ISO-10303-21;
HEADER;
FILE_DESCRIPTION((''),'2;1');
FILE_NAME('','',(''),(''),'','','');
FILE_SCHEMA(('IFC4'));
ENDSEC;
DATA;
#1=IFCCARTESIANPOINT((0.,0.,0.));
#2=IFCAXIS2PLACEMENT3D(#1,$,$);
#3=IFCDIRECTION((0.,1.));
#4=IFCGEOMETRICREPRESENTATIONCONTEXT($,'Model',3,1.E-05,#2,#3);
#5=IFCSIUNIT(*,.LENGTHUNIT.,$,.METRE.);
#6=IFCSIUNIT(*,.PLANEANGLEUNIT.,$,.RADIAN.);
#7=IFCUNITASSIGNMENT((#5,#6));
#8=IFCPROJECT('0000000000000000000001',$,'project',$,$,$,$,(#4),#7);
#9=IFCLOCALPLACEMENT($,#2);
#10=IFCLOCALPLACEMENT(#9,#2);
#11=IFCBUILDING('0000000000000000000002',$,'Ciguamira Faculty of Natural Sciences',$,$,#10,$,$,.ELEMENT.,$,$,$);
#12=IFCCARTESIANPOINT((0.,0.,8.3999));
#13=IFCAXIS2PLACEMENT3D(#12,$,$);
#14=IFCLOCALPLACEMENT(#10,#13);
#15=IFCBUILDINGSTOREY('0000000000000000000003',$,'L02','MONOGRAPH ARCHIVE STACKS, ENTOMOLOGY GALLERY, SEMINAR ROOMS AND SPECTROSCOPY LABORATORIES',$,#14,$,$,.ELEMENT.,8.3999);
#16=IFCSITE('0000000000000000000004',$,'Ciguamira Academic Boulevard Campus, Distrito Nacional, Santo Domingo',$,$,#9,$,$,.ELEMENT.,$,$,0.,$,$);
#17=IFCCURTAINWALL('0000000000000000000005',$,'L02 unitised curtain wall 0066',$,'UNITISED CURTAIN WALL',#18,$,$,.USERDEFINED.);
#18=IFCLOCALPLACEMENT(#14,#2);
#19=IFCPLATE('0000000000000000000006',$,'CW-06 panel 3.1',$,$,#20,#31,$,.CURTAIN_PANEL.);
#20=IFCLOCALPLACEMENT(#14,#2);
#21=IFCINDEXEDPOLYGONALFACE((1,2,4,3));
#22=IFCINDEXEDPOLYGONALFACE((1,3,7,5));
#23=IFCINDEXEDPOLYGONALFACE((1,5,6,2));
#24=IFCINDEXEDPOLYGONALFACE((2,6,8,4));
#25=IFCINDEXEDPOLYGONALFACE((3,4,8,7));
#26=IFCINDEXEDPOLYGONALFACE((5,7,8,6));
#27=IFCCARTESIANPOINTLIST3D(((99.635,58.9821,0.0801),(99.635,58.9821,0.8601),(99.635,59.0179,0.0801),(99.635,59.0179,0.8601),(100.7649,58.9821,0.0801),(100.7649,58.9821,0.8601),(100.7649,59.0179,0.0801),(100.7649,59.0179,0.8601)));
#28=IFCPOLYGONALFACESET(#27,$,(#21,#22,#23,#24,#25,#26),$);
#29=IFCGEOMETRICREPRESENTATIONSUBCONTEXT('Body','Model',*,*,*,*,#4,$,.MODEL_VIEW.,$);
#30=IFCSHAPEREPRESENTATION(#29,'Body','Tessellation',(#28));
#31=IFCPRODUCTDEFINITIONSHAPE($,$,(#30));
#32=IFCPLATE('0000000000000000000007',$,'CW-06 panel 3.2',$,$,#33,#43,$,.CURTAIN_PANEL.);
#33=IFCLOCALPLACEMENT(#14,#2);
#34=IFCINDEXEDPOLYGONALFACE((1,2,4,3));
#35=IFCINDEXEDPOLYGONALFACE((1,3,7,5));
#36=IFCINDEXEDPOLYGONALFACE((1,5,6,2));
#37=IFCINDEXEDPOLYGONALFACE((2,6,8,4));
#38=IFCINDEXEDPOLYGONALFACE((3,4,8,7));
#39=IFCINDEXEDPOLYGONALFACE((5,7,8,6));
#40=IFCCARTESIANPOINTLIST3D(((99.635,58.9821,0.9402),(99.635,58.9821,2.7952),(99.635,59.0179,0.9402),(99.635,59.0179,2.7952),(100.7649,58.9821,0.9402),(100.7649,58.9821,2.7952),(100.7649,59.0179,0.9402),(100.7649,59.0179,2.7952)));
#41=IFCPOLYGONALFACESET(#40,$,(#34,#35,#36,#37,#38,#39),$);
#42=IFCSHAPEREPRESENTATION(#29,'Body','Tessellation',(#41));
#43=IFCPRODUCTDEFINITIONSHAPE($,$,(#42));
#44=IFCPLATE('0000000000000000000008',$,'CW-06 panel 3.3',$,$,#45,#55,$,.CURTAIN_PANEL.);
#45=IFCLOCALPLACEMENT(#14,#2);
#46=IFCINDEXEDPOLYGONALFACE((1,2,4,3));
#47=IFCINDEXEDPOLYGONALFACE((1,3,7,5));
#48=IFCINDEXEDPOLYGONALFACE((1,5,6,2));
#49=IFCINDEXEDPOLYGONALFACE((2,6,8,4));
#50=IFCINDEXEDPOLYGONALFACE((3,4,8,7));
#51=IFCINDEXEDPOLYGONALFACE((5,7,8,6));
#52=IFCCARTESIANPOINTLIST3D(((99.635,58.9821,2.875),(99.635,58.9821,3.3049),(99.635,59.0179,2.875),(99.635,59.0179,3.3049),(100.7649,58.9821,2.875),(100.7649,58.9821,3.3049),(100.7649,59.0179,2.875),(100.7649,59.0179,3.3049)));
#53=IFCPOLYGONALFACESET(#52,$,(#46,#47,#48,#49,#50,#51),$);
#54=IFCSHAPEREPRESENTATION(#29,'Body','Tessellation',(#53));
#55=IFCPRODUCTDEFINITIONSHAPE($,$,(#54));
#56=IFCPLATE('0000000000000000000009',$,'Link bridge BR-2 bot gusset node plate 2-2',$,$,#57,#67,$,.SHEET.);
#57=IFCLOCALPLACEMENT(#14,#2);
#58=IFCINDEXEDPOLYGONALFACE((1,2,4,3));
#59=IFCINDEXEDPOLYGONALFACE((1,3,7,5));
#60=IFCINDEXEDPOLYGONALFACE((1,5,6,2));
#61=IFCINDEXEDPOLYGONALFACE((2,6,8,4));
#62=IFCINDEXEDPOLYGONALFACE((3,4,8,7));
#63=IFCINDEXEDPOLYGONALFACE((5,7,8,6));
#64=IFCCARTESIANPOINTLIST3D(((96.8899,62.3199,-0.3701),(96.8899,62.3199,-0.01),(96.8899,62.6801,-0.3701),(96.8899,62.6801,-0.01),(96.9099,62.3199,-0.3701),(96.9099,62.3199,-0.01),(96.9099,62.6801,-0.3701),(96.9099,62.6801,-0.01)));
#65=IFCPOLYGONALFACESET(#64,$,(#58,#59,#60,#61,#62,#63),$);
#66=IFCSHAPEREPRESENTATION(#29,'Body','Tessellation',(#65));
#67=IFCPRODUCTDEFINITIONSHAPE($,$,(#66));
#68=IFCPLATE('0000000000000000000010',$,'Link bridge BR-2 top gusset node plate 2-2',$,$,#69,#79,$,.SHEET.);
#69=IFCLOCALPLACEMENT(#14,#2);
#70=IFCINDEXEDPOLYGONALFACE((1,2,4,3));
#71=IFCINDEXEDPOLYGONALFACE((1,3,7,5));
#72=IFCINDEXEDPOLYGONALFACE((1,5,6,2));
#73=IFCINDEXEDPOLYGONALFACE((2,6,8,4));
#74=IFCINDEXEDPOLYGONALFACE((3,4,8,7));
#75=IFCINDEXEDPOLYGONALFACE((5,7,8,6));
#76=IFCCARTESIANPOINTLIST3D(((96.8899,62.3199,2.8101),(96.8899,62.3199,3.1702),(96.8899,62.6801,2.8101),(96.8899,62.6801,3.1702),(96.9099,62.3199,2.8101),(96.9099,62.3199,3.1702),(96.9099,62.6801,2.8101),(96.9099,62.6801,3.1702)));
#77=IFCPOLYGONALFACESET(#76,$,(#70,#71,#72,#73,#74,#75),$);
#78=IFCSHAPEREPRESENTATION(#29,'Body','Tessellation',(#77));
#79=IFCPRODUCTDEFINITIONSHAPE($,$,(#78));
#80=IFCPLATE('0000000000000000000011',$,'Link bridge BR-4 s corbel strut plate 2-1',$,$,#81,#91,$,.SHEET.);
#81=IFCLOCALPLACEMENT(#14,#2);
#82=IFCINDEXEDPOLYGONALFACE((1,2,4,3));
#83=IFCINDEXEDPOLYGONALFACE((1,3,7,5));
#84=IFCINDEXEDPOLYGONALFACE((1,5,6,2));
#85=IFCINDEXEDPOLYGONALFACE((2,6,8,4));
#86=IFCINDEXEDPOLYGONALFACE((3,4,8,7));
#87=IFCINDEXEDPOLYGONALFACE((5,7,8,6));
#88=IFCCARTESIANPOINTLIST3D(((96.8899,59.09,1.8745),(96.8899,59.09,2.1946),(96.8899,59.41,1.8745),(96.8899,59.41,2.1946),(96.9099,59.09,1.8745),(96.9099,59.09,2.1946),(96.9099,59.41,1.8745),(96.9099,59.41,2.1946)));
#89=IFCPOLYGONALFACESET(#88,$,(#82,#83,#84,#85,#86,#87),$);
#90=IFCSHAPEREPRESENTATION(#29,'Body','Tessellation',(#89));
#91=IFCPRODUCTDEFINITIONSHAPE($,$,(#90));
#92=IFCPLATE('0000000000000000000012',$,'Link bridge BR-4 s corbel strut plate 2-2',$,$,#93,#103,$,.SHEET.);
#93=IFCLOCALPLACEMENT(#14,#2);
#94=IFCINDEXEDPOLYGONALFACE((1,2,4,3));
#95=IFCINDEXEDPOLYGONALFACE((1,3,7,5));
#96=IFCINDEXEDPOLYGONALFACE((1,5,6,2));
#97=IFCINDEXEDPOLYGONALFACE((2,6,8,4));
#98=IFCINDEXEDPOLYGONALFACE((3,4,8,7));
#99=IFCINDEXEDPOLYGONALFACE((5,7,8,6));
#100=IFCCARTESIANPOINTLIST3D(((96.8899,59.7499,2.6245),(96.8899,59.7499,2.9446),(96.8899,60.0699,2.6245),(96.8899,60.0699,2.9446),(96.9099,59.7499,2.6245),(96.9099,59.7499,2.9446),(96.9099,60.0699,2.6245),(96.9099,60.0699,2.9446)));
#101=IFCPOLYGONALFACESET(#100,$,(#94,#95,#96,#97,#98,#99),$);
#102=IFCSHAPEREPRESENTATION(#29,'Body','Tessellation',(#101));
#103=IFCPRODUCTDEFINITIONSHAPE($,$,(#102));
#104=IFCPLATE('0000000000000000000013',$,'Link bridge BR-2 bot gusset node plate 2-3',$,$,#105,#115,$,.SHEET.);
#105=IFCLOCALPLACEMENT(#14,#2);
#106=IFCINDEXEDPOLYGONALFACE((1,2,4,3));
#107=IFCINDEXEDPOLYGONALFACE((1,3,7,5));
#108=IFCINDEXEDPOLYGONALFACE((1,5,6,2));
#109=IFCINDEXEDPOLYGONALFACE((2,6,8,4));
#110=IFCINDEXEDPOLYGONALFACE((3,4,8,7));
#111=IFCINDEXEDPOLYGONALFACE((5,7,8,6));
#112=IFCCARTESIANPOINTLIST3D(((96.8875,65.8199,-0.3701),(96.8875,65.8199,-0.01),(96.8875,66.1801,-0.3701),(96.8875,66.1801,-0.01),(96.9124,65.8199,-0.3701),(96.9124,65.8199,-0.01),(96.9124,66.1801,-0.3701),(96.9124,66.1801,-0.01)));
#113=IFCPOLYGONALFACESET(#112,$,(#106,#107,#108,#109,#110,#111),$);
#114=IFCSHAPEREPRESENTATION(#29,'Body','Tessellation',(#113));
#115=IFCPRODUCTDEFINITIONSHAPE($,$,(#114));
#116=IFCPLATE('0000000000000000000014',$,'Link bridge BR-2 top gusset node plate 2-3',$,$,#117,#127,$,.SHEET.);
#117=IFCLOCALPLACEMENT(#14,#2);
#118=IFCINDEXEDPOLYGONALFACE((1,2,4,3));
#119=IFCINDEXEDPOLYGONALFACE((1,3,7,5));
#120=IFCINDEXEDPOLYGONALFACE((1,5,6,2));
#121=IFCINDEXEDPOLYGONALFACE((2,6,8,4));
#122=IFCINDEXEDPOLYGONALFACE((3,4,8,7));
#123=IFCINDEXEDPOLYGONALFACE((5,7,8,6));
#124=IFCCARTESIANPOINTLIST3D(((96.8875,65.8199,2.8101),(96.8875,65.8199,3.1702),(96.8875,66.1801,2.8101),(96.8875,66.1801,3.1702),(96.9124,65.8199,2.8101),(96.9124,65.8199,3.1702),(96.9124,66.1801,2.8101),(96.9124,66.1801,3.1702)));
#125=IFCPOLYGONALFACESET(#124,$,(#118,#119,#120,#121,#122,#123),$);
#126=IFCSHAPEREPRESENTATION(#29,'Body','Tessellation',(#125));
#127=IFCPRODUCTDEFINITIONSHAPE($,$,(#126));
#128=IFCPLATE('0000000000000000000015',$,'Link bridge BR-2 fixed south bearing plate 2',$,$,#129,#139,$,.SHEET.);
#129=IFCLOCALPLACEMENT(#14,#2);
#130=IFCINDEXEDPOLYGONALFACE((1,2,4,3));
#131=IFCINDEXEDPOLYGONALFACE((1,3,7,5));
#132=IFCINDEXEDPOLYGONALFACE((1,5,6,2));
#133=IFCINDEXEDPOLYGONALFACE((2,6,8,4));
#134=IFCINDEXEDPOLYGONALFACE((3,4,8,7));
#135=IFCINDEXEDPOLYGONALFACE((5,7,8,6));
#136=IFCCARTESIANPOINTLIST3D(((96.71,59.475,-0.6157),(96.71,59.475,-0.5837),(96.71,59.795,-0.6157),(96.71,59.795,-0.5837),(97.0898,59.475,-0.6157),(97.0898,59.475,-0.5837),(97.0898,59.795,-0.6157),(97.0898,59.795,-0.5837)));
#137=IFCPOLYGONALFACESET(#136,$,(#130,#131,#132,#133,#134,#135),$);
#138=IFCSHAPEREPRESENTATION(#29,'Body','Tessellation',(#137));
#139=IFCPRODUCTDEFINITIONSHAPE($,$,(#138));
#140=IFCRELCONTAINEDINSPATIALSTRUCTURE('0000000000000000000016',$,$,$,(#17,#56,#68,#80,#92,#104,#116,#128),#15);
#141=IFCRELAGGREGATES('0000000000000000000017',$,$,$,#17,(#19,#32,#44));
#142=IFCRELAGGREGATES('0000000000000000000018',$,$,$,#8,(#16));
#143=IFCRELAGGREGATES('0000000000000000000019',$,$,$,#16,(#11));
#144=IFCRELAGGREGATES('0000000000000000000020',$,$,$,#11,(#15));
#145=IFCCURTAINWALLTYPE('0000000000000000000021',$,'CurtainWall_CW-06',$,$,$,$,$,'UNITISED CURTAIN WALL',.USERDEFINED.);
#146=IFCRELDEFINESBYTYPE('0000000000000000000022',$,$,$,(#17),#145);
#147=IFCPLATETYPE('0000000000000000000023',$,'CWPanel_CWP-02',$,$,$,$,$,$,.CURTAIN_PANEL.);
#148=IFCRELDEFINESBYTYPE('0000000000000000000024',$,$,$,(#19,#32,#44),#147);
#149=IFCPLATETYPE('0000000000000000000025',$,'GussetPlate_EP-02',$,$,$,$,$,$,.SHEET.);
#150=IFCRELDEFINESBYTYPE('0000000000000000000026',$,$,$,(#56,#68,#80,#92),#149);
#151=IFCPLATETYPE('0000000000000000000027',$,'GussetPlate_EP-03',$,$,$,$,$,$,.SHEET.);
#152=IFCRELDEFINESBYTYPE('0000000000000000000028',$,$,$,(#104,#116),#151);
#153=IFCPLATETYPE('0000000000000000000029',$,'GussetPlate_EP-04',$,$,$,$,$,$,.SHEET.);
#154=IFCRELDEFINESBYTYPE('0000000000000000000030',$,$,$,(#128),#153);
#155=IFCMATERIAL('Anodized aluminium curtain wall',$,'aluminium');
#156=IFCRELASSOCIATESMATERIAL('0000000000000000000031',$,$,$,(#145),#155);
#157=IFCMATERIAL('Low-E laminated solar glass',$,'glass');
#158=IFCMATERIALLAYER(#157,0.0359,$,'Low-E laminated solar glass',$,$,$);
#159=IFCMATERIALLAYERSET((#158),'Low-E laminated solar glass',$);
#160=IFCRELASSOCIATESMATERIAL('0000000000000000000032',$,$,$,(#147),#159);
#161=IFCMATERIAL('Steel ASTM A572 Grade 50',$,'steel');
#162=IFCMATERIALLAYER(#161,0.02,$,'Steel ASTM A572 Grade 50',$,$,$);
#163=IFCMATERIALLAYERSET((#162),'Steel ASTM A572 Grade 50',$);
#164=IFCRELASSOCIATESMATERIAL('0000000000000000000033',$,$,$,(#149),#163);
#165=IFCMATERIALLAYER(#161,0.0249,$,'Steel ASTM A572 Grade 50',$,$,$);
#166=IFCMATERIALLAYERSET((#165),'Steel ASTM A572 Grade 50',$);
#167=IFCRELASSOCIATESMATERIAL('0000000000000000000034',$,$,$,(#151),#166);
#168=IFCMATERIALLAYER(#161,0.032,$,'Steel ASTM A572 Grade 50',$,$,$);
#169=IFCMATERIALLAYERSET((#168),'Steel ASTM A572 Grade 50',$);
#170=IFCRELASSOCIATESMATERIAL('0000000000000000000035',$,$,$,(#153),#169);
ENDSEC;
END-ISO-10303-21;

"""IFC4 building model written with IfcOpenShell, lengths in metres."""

from ifc_helpers import new_model, si_unit, direction, frame, origin, origin_2d, place, context, subcontext, project, spatial, rectangle, extrude, material, layer, layer_set, type_object, element, aggregate, save


model = new_model("IFC4")

# Units and contexts
model_context = context("Model", 3, precision=1e-05, world=origin(), true_north=direction((0.0, 1.0)))
body_context = subcontext(model_context, "Body", "Model", "MODEL_VIEW")
ifc_project = project(units=[si_unit("LENGTHUNIT", "METRE"), si_unit("PLANEANGLEUNIT", "RADIAN")], contexts=[model_context])

# Site, building, storey
site_placement = place(None, origin())
site = spatial("IfcSite", under=ifc_project, at=site_placement, Name="Ciguamira Academic Boulevard Campus, Distrito Nacional, Santo Domingo", CompositionType="ELEMENT", RefElevation=0.0)
building_placement = place(site_placement, origin())
building = spatial("IfcBuilding", under=site, at=building_placement, Name="Ciguamira Faculty of Natural Sciences", CompositionType="ELEMENT")
storey_placement = place(building_placement, frame((0.0, 0.0, 8.3999)))
storey = spatial("IfcBuildingStorey", under=building, at=storey_placement, Name="L02", Description="MONOGRAPH ARCHIVE STACKS, ENTOMOLOGY GALLERY, SEMINAR ROOMS AND SPECTROSCOPY LABORATORIES", CompositionType="ELEMENT", Elevation=8.3999)

# Curtain wall
ifc_material_1 = material(Name="Anodized aluminium curtain wall", Category="aluminium")
curtain_wall_type_1 = type_object("IfcCurtainWallType", Name="CurtainWall_CW-06", ElementType="UNITISED CURTAIN WALL", PredefinedType="USERDEFINED", material=ifc_material_1)
curtain_wall_1_placement = place(storey_placement, origin())
curtain_wall_1 = element("IfcCurtainWall", 1, at=curtain_wall_1_placement, inside=storey, type_object=curtain_wall_type_1, Name="L02 unitised curtain wall 0066", ObjectType="UNITISED CURTAIN WALL", PredefinedType="USERDEFINED")

# Plates
ifc_material_2 = material(Name="Low-E laminated solar glass", Category="glass")
ifc_layer_1 = layer(ifc_material_2, 0.0359, Name="Low-E laminated solar glass")
ifc_layer_set_1 = layer_set([ifc_layer_1], Name="Low-E laminated solar glass")
plate_type_1 = type_object("IfcPlateType", Name="CWPanel_CWP-02", PredefinedType="CURTAIN_PANEL", material=ifc_layer_set_1)
plate_1_placement = place(storey_placement, frame((100.2, 59.0, 0.0801), z_axis=(0.0, 0.0, 1.0), x_axis=(1.0, 0.0, 0.0)))
plate_1 = element("IfcPlate", 2, at=plate_1_placement, type_object=plate_type_1, Name="CW-06 panel 3.1", PredefinedType="CURTAIN_PANEL", context=body_context, shape_type="SweptSolid", body=[
    extrude(rectangle(XDim=1.1299, YDim=0.0359, at=origin_2d()), origin(), (0.0, 0.0, 1.0), 0.78),
])
plate_2_placement = place(storey_placement, frame((100.2, 59.0, 0.9402), z_axis=(0.0, 0.0, 1.0), x_axis=(1.0, 0.0, 0.0)))
plate_2 = element("IfcPlate", 3, at=plate_2_placement, type_object=plate_type_1, Name="CW-06 panel 3.2", PredefinedType="CURTAIN_PANEL", context=body_context, shape_type="SweptSolid", body=[
    extrude(rectangle(XDim=1.1299, YDim=0.0359, at=origin_2d()), origin(), (0.0, 0.0, 1.0), 1.855),
])
plate_3_placement = place(storey_placement, frame((100.2, 59.0, 2.875), z_axis=(0.0, 0.0, 1.0), x_axis=(1.0, 0.0, 0.0)))
plate_3 = element("IfcPlate", 4, at=plate_3_placement, type_object=plate_type_1, Name="CW-06 panel 3.3", PredefinedType="CURTAIN_PANEL", context=body_context, shape_type="SweptSolid", body=[
    extrude(rectangle(XDim=1.1299, YDim=0.0359, at=origin_2d()), origin(), (0.0, 0.0, 1.0), 0.4299),
])
aggregate(curtain_wall_1, [plate_1, plate_2, plate_3])

# Plates
ifc_material_3 = material(Name="Steel ASTM A572 Grade 50", Category="steel")
ifc_layer_2 = layer(ifc_material_3, 0.02, Name="Steel ASTM A572 Grade 50")
ifc_layer_set_2 = layer_set([ifc_layer_2], Name="Steel ASTM A572 Grade 50")
plate_type_2 = type_object("IfcPlateType", Name="GussetPlate_EP-02", PredefinedType="SHEET", material=ifc_layer_set_2)
for number, where, z_axis, x_axis, name in (
    (5, (96.8999, 62.5, -0.3701), (0.0, 0.0, 1.0), (1.0, 0.0, 0.0), "Link bridge BR-2 bot gusset node plate 2-2"),
    (6, (96.8999, 62.5, 2.8101), (0.0, 0.0, 1.0), (1.0, 0.0, 0.0), "Link bridge BR-2 top gusset node plate 2-2"),
):
    element("IfcPlate", number, at=place(storey_placement, frame(where, z_axis=z_axis, x_axis=x_axis)), inside=storey, type_object=plate_type_2, Name=name, PredefinedType="SHEET", context=body_context, shape_type="SweptSolid", body=[
        extrude(rectangle(XDim=0.02, YDim=0.3601, at=origin_2d()), origin(), (0.0, 0.0, 1.0), 0.3601),
    ])
for number, where, z_axis, x_axis, name in (
    (7, (96.8999, 59.25, 1.8745), (0.0, 0.0, 1.0), (1.0, 0.0, 0.0), "Link bridge BR-4 s corbel strut plate 2-1"),
    (8, (96.8999, 59.9099, 2.6245), (0.0, 0.0, 1.0), (1.0, 0.0, 0.0), "Link bridge BR-4 s corbel strut plate 2-2"),
):
    element("IfcPlate", number, at=place(storey_placement, frame(where, z_axis=z_axis, x_axis=x_axis)), inside=storey, type_object=plate_type_2, Name=name, PredefinedType="SHEET", context=body_context, shape_type="SweptSolid", body=[
        extrude(rectangle(XDim=0.02, YDim=0.3201, at=origin_2d()), origin(), (0.0, 0.0, 1.0), 0.3201),
    ])
ifc_layer_3 = layer(ifc_material_3, 0.0249, Name="Steel ASTM A572 Grade 50")
ifc_layer_set_3 = layer_set([ifc_layer_3], Name="Steel ASTM A572 Grade 50")
plate_type_3 = type_object("IfcPlateType", Name="GussetPlate_EP-03", PredefinedType="SHEET", material=ifc_layer_set_3)
for number, where, z_axis, x_axis, name in (
    (9, (96.8999, 66.0, -0.3701), (0.0, 0.0, 1.0), (1.0, 0.0, 0.0), "Link bridge BR-2 bot gusset node plate 2-3"),
    (10, (96.8999, 66.0, 2.8101), (0.0, 0.0, 1.0), (1.0, 0.0, 0.0), "Link bridge BR-2 top gusset node plate 2-3"),
):
    element("IfcPlate", number, at=place(storey_placement, frame(where, z_axis=z_axis, x_axis=x_axis)), inside=storey, type_object=plate_type_3, Name=name, PredefinedType="SHEET", context=body_context, shape_type="SweptSolid", body=[
        extrude(rectangle(XDim=0.0249, YDim=0.3601, at=origin_2d()), origin(), (0.0, 0.0, 1.0), 0.3601),
    ])
ifc_layer_4 = layer(ifc_material_3, 0.032, Name="Steel ASTM A572 Grade 50")
ifc_layer_set_4 = layer_set([ifc_layer_4], Name="Steel ASTM A572 Grade 50")
plate_type_4 = type_object("IfcPlateType", Name="GussetPlate_EP-04", PredefinedType="SHEET", material=ifc_layer_set_4)
plate_4_placement = place(storey_placement, frame((96.8999, 59.635, -0.6157), z_axis=(0.0, 0.0, 1.0), x_axis=(1.0, 0.0, 0.0)))
element("IfcPlate", 11, at=plate_4_placement, inside=storey, type_object=plate_type_4, Name="Link bridge BR-2 fixed south bearing plate 2", PredefinedType="SHEET", context=body_context, shape_type="SweptSolid", body=[
    extrude(rectangle(XDim=0.3799, YDim=0.3201, at=origin_2d()), origin(), (0.0, 0.0, 1.0), 0.032),
])

save(model, "model.ifc")
